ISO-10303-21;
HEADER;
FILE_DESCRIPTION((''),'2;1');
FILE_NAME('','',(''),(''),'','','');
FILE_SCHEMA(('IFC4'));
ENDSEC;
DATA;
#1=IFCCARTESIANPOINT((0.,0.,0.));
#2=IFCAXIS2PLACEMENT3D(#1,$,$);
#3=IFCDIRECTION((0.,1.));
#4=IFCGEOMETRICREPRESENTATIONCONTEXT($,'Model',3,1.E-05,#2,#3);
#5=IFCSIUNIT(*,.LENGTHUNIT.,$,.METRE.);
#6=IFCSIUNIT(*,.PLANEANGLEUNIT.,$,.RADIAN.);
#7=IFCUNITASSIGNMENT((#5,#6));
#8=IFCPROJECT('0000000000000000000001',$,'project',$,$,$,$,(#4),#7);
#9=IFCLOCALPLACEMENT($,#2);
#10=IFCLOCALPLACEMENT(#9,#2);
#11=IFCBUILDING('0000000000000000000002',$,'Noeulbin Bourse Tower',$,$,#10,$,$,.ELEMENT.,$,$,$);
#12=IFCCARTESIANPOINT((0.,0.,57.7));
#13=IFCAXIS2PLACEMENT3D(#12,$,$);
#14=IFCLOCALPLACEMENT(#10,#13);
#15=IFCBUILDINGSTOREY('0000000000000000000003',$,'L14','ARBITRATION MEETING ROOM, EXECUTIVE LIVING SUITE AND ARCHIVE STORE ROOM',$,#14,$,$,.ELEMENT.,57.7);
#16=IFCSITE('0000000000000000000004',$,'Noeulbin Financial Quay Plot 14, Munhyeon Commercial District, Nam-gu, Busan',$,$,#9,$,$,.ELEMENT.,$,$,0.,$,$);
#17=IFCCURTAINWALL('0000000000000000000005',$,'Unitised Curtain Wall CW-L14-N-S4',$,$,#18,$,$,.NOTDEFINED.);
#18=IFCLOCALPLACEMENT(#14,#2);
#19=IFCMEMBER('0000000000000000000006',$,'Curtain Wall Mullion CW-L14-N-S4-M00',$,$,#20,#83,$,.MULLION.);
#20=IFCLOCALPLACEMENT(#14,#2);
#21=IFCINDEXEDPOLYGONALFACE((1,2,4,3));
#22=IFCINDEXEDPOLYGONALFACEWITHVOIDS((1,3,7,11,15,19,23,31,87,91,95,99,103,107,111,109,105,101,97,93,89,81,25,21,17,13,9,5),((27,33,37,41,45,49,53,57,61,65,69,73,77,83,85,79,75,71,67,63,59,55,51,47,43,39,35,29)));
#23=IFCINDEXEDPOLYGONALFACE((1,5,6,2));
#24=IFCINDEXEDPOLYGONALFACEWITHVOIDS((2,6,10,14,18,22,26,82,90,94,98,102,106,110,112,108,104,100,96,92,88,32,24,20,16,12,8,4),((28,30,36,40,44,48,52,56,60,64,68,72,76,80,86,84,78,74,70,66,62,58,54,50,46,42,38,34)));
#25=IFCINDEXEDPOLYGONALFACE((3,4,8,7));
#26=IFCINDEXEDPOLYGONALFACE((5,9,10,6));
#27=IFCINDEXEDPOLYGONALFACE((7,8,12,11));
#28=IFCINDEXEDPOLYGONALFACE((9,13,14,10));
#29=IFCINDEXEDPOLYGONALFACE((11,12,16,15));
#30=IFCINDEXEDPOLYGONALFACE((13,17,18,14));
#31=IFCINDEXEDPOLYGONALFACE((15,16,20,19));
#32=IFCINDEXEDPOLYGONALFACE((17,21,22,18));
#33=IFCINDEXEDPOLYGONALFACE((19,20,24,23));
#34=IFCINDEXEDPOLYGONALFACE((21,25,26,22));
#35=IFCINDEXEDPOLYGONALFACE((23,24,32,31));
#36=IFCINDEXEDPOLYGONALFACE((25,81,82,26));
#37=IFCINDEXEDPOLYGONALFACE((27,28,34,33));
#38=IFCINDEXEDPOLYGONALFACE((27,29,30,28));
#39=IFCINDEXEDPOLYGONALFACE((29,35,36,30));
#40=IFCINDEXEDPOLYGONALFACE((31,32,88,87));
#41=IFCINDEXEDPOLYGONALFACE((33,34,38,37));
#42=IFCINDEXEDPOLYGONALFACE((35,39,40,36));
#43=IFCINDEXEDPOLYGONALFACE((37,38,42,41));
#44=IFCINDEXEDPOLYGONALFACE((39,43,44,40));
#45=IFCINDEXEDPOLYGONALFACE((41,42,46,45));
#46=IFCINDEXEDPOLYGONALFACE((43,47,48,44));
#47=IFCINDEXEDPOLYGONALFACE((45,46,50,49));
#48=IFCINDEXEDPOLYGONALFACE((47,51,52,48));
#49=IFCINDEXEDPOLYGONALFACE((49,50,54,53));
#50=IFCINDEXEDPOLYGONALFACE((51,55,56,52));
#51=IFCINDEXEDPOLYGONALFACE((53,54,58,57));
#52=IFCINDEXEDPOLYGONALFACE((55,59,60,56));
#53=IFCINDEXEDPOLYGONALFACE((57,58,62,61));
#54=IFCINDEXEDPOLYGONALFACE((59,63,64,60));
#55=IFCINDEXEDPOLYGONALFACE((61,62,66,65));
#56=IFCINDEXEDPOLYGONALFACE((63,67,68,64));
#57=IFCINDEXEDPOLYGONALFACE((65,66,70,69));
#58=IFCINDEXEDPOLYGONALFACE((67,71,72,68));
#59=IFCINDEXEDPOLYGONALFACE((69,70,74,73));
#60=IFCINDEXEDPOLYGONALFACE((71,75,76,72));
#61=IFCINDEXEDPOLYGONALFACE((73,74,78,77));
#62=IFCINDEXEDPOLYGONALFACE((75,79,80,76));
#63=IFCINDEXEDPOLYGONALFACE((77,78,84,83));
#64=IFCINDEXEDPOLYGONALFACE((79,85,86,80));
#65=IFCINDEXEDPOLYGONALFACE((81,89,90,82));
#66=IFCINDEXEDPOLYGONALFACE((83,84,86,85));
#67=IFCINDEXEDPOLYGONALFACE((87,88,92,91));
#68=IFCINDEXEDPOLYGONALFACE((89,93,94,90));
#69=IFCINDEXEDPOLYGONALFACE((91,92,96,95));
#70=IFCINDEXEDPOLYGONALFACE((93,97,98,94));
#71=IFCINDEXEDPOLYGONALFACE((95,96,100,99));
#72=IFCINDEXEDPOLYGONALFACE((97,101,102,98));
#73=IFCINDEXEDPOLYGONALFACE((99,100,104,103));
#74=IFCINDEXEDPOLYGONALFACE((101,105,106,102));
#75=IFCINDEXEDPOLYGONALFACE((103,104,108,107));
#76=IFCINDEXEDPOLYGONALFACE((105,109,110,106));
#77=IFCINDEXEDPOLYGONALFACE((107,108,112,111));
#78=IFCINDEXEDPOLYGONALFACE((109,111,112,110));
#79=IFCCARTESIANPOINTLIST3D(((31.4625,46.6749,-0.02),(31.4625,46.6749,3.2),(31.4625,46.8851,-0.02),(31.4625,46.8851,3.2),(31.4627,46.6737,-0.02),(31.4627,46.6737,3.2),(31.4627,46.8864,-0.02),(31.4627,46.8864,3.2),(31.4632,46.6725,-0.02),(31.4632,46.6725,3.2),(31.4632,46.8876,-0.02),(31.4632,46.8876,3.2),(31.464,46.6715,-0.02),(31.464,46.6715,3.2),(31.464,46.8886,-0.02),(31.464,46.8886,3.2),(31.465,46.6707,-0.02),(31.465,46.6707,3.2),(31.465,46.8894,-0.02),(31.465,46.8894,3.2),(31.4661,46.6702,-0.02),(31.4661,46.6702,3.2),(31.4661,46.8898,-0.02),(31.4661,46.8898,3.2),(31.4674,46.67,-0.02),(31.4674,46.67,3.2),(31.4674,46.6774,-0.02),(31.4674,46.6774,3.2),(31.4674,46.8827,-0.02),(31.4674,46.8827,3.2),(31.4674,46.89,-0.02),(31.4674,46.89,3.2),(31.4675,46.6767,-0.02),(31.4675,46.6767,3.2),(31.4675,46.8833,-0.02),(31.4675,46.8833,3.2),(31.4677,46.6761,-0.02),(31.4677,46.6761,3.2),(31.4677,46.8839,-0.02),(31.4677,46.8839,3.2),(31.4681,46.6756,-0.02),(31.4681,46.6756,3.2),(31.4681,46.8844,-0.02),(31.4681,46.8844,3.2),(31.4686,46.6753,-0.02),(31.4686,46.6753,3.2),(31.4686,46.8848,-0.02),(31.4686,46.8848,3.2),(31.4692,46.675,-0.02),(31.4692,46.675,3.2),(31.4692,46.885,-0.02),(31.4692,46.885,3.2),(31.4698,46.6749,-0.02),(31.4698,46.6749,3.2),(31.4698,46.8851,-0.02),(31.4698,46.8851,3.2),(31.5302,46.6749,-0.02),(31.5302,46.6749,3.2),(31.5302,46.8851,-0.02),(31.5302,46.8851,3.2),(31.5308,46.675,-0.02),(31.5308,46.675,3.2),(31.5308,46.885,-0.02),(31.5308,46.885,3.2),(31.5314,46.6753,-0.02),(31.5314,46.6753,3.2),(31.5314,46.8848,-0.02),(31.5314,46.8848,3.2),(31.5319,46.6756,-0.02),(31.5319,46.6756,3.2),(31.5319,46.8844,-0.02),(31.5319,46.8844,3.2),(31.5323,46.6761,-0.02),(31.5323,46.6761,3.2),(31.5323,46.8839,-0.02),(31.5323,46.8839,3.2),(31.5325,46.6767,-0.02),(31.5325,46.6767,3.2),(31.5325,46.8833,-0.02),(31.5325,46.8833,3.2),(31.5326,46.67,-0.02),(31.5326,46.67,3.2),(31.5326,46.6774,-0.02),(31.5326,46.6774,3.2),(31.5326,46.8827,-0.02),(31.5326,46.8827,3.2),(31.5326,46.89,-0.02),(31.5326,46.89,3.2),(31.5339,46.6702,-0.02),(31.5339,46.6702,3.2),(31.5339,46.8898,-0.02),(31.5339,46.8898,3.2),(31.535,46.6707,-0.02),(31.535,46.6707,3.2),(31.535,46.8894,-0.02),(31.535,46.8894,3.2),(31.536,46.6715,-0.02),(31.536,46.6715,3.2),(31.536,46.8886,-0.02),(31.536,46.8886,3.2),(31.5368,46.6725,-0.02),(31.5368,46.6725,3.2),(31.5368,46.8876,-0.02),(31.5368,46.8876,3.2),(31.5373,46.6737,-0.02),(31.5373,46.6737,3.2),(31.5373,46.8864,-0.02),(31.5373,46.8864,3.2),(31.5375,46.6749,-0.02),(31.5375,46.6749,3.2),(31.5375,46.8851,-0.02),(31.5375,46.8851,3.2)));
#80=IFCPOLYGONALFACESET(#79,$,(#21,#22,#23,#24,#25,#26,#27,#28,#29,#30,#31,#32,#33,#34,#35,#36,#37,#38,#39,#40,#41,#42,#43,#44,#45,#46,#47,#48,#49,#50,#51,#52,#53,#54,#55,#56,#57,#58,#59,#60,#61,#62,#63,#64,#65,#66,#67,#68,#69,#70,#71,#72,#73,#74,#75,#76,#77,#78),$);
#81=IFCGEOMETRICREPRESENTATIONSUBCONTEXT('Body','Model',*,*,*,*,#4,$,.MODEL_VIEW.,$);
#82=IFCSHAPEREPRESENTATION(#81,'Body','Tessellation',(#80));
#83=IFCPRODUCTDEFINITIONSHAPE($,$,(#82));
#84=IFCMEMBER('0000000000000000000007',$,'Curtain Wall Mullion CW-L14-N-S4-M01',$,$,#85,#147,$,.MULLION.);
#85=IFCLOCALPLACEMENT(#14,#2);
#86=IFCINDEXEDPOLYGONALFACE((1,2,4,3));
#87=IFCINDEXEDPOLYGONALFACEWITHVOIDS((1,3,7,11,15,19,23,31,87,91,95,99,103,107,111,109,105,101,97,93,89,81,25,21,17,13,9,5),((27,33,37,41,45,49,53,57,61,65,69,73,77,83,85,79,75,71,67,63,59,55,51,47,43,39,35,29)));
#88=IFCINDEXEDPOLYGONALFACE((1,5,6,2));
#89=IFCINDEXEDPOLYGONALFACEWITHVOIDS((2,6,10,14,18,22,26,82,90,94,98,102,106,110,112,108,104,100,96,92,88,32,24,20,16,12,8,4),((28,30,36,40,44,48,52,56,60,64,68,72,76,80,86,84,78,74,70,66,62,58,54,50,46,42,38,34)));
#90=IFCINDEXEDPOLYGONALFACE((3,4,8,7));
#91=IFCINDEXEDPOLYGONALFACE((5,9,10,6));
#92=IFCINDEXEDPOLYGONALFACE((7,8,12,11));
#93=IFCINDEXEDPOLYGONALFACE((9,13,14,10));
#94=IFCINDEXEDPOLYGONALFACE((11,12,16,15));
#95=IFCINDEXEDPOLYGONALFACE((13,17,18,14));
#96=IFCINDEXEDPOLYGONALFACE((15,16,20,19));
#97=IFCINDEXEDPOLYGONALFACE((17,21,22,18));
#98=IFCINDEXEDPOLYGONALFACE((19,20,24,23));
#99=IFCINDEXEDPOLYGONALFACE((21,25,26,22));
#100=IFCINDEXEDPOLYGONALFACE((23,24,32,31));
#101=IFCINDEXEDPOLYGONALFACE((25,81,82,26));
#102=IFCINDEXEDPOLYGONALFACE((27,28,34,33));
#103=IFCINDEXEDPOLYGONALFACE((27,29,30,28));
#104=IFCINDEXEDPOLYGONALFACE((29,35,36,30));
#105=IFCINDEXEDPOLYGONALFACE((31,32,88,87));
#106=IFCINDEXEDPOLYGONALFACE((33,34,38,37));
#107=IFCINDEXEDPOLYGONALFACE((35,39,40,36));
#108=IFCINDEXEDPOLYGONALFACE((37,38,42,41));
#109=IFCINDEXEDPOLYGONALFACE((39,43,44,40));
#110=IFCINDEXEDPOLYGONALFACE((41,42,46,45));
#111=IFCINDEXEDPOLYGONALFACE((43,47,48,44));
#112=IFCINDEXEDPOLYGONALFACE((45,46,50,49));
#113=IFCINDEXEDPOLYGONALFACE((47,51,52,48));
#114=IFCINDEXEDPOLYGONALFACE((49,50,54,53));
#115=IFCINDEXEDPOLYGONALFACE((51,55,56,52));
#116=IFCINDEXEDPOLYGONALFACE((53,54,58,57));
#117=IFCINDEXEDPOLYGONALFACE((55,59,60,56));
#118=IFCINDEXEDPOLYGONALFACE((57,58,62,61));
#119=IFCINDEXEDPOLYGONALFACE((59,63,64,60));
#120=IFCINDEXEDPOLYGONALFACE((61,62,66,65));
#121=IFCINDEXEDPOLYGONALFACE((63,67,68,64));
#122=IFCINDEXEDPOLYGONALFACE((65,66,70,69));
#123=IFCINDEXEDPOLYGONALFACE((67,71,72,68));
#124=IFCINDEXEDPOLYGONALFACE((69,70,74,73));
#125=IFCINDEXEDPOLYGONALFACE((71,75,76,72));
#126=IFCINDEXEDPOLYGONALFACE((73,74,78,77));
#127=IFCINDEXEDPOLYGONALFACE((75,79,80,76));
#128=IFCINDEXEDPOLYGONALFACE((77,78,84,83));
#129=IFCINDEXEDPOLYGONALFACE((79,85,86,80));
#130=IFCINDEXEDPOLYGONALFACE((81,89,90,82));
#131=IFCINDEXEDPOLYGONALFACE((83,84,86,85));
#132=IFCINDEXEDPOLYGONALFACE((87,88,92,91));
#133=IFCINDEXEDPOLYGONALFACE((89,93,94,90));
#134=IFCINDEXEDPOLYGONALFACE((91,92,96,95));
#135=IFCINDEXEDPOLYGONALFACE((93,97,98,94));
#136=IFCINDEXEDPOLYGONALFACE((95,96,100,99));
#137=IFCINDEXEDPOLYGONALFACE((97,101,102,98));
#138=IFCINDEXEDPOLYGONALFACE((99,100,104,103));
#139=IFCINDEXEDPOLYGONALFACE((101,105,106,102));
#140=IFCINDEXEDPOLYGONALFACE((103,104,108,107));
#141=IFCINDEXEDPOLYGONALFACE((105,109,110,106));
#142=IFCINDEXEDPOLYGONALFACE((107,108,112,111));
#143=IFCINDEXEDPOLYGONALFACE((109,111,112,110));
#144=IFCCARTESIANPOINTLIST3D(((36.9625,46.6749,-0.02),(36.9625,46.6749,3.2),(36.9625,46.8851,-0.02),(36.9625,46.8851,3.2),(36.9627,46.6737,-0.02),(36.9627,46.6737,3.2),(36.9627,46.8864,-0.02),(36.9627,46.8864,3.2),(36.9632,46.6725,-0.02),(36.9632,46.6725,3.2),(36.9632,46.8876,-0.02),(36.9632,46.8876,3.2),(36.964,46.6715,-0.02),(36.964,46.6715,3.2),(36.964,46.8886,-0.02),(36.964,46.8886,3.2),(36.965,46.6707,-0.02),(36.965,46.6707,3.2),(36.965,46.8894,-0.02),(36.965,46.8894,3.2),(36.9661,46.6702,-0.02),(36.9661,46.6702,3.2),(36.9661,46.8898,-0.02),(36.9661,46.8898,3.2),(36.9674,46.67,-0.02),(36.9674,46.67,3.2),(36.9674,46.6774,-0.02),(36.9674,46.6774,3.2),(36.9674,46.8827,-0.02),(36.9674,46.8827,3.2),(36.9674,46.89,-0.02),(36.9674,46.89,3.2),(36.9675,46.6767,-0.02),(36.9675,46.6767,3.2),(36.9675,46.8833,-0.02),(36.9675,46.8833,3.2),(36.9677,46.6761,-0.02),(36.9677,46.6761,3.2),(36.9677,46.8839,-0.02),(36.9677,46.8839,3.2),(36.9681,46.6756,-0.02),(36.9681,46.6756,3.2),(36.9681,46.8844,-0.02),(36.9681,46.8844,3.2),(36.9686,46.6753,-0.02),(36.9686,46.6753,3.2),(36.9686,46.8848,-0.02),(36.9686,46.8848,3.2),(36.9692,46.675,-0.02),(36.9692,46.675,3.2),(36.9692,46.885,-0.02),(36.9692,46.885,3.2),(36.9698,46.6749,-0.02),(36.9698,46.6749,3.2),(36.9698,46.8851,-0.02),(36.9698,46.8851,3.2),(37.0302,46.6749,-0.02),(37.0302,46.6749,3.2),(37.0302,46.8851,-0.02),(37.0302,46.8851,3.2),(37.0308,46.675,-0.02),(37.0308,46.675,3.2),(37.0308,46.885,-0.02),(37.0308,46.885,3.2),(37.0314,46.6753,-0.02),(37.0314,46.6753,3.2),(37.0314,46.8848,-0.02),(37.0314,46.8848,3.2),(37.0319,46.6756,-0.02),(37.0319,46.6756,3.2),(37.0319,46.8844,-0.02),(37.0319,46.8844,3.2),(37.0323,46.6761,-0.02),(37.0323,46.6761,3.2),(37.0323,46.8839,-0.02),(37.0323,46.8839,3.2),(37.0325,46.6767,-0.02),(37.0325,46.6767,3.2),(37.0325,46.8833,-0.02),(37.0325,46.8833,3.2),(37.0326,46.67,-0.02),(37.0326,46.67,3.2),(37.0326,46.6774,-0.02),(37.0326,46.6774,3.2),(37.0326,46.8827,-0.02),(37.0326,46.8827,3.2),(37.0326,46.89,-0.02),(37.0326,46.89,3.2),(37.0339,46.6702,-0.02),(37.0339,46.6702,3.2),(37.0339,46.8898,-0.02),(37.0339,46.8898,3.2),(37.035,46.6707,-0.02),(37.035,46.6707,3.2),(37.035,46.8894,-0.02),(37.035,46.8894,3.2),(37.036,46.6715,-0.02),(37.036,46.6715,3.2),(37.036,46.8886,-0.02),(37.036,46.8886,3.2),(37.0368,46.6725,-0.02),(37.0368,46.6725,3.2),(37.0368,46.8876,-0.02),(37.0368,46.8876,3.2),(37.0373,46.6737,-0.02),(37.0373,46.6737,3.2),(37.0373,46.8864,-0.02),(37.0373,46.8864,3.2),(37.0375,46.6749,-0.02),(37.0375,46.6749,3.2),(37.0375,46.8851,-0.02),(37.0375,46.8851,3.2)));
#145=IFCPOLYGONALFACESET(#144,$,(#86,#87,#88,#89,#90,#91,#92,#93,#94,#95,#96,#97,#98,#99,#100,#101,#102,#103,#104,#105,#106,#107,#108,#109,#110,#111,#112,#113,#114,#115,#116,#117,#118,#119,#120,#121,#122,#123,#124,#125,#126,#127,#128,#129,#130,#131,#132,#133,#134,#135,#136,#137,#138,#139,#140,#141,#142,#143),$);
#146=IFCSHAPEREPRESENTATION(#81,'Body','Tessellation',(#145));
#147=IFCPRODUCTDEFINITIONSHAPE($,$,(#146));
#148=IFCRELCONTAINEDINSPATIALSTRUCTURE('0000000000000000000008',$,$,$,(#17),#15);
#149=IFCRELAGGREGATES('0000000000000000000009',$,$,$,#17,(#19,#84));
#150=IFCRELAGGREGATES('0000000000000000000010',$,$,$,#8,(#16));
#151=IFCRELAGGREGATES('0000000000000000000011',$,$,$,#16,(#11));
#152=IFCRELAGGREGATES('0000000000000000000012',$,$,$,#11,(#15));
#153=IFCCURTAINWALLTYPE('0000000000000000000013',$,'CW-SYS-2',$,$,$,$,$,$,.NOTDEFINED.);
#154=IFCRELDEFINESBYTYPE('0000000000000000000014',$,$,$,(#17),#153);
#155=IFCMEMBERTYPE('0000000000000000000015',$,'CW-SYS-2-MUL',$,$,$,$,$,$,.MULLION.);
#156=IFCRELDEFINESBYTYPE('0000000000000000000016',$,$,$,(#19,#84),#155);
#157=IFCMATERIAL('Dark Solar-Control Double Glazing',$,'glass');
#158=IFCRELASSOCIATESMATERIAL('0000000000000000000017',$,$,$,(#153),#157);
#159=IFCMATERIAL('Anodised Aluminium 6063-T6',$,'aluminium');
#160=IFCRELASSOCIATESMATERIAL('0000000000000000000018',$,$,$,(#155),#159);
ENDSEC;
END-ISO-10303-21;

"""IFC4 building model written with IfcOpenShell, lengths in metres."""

from ifc_helpers import new_model, si_unit, direction, frame, origin, origin_2d, place, context, subcontext, project, spatial, hollow_rectangle, extrude, material, material_profile, profile_set, type_object, element, aggregate, save


model = new_model("IFC4")

# Units and contexts
model_context = context("Model", 3, precision=1e-05, world=origin(), true_north=direction((0.0, 1.0)))
body_context = subcontext(model_context, "Body", "Model", "MODEL_VIEW")
ifc_project = project(units=[si_unit("LENGTHUNIT", "METRE"), si_unit("PLANEANGLEUNIT", "RADIAN")], contexts=[model_context])

# Site, building, storey
site_placement = place(None, origin())
site = spatial("IfcSite", under=ifc_project, at=site_placement, Name="Noeulbin Financial Quay Plot 14, Munhyeon Commercial District, Nam-gu, Busan", CompositionType="ELEMENT", RefElevation=0.0)
building_placement = place(site_placement, origin())
building = spatial("IfcBuilding", under=site, at=building_placement, Name="Noeulbin Bourse Tower", CompositionType="ELEMENT")
storey_placement = place(building_placement, frame((0.0, 0.0, 57.7)))
storey = spatial("IfcBuildingStorey", under=building, at=storey_placement, Name="L14", Description="ARBITRATION MEETING ROOM, EXECUTIVE LIVING SUITE AND ARCHIVE STORE ROOM", CompositionType="ELEMENT", Elevation=57.7)

# Shared definitions
ifc_material_1 = material(Name="Dark Solar-Control Double Glazing", Category="glass")
curtain_wall_type = type_object("IfcCurtainWallType", Name="CW-SYS-2", PredefinedType="NOTDEFINED", material=ifc_material_1)
ifc_material_2 = material(Name="Anodised Aluminium 6063-T6", Category="aluminium")
ifc_material_profile_1 = material_profile(ifc_material_2, hollow_rectangle(XDim=0.075, YDim=0.22, WallThickness=0.0049, InnerFilletRadius=0.0024, OuterFilletRadius=0.0049, at=origin_2d()), Name="ALU-MULL-75x220x5", Category="LoadBearing")
ifc_profile_set_1 = profile_set([ifc_material_profile_1], Name="Anodised Aluminium 6063-T6")
member_type_1 = type_object("IfcMemberType", Name="CW-SYS-2-MUL", PredefinedType="MULLION", material=ifc_profile_set_1)

# Curtain wall, members
curtain_wall_1_placement = place(storey_placement, origin())
curtain_wall_1 = element("IfcCurtainWall", 1, at=curtain_wall_1_placement, inside=storey, type_object=curtain_wall_type, Name="Unitised Curtain Wall CW-L14-N-S4", PredefinedType="NOTDEFINED")
member_1_placement = place(storey_placement, frame((31.5, 46.78, -0.02), z_axis=(0.0, 0.0, 1.0), x_axis=(1.0, 0.0, 0.0)))
member_1 = element("IfcMember", 2, at=member_1_placement, type_object=member_type_1, Name="Curtain Wall Mullion CW-L14-N-S4-M00", PredefinedType="MULLION", context=body_context, shape_type="SweptSolid", body=[
    extrude(hollow_rectangle(XDim=0.075, YDim=0.22, WallThickness=0.0049, InnerFilletRadius=0.0024, OuterFilletRadius=0.0049, at=origin_2d()), origin(), (0.0, 0.0, 1.0), 3.22),
])
member_2_placement = place(storey_placement, frame((37.0, 46.78, -0.02), z_axis=(0.0, 0.0, 1.0), x_axis=(1.0, 0.0, 0.0)))
member_2 = element("IfcMember", 3, at=member_2_placement, type_object=member_type_1, Name="Curtain Wall Mullion CW-L14-N-S4-M01", PredefinedType="MULLION", context=body_context, shape_type="SweptSolid", body=[
    extrude(hollow_rectangle(XDim=0.075, YDim=0.22, WallThickness=0.0049, InnerFilletRadius=0.0024, OuterFilletRadius=0.0049, at=origin_2d()), origin(), (0.0, 0.0, 1.0), 3.22),
])

aggregate(curtain_wall_1, [member_1, member_2])

save(model, "model.ifc")
